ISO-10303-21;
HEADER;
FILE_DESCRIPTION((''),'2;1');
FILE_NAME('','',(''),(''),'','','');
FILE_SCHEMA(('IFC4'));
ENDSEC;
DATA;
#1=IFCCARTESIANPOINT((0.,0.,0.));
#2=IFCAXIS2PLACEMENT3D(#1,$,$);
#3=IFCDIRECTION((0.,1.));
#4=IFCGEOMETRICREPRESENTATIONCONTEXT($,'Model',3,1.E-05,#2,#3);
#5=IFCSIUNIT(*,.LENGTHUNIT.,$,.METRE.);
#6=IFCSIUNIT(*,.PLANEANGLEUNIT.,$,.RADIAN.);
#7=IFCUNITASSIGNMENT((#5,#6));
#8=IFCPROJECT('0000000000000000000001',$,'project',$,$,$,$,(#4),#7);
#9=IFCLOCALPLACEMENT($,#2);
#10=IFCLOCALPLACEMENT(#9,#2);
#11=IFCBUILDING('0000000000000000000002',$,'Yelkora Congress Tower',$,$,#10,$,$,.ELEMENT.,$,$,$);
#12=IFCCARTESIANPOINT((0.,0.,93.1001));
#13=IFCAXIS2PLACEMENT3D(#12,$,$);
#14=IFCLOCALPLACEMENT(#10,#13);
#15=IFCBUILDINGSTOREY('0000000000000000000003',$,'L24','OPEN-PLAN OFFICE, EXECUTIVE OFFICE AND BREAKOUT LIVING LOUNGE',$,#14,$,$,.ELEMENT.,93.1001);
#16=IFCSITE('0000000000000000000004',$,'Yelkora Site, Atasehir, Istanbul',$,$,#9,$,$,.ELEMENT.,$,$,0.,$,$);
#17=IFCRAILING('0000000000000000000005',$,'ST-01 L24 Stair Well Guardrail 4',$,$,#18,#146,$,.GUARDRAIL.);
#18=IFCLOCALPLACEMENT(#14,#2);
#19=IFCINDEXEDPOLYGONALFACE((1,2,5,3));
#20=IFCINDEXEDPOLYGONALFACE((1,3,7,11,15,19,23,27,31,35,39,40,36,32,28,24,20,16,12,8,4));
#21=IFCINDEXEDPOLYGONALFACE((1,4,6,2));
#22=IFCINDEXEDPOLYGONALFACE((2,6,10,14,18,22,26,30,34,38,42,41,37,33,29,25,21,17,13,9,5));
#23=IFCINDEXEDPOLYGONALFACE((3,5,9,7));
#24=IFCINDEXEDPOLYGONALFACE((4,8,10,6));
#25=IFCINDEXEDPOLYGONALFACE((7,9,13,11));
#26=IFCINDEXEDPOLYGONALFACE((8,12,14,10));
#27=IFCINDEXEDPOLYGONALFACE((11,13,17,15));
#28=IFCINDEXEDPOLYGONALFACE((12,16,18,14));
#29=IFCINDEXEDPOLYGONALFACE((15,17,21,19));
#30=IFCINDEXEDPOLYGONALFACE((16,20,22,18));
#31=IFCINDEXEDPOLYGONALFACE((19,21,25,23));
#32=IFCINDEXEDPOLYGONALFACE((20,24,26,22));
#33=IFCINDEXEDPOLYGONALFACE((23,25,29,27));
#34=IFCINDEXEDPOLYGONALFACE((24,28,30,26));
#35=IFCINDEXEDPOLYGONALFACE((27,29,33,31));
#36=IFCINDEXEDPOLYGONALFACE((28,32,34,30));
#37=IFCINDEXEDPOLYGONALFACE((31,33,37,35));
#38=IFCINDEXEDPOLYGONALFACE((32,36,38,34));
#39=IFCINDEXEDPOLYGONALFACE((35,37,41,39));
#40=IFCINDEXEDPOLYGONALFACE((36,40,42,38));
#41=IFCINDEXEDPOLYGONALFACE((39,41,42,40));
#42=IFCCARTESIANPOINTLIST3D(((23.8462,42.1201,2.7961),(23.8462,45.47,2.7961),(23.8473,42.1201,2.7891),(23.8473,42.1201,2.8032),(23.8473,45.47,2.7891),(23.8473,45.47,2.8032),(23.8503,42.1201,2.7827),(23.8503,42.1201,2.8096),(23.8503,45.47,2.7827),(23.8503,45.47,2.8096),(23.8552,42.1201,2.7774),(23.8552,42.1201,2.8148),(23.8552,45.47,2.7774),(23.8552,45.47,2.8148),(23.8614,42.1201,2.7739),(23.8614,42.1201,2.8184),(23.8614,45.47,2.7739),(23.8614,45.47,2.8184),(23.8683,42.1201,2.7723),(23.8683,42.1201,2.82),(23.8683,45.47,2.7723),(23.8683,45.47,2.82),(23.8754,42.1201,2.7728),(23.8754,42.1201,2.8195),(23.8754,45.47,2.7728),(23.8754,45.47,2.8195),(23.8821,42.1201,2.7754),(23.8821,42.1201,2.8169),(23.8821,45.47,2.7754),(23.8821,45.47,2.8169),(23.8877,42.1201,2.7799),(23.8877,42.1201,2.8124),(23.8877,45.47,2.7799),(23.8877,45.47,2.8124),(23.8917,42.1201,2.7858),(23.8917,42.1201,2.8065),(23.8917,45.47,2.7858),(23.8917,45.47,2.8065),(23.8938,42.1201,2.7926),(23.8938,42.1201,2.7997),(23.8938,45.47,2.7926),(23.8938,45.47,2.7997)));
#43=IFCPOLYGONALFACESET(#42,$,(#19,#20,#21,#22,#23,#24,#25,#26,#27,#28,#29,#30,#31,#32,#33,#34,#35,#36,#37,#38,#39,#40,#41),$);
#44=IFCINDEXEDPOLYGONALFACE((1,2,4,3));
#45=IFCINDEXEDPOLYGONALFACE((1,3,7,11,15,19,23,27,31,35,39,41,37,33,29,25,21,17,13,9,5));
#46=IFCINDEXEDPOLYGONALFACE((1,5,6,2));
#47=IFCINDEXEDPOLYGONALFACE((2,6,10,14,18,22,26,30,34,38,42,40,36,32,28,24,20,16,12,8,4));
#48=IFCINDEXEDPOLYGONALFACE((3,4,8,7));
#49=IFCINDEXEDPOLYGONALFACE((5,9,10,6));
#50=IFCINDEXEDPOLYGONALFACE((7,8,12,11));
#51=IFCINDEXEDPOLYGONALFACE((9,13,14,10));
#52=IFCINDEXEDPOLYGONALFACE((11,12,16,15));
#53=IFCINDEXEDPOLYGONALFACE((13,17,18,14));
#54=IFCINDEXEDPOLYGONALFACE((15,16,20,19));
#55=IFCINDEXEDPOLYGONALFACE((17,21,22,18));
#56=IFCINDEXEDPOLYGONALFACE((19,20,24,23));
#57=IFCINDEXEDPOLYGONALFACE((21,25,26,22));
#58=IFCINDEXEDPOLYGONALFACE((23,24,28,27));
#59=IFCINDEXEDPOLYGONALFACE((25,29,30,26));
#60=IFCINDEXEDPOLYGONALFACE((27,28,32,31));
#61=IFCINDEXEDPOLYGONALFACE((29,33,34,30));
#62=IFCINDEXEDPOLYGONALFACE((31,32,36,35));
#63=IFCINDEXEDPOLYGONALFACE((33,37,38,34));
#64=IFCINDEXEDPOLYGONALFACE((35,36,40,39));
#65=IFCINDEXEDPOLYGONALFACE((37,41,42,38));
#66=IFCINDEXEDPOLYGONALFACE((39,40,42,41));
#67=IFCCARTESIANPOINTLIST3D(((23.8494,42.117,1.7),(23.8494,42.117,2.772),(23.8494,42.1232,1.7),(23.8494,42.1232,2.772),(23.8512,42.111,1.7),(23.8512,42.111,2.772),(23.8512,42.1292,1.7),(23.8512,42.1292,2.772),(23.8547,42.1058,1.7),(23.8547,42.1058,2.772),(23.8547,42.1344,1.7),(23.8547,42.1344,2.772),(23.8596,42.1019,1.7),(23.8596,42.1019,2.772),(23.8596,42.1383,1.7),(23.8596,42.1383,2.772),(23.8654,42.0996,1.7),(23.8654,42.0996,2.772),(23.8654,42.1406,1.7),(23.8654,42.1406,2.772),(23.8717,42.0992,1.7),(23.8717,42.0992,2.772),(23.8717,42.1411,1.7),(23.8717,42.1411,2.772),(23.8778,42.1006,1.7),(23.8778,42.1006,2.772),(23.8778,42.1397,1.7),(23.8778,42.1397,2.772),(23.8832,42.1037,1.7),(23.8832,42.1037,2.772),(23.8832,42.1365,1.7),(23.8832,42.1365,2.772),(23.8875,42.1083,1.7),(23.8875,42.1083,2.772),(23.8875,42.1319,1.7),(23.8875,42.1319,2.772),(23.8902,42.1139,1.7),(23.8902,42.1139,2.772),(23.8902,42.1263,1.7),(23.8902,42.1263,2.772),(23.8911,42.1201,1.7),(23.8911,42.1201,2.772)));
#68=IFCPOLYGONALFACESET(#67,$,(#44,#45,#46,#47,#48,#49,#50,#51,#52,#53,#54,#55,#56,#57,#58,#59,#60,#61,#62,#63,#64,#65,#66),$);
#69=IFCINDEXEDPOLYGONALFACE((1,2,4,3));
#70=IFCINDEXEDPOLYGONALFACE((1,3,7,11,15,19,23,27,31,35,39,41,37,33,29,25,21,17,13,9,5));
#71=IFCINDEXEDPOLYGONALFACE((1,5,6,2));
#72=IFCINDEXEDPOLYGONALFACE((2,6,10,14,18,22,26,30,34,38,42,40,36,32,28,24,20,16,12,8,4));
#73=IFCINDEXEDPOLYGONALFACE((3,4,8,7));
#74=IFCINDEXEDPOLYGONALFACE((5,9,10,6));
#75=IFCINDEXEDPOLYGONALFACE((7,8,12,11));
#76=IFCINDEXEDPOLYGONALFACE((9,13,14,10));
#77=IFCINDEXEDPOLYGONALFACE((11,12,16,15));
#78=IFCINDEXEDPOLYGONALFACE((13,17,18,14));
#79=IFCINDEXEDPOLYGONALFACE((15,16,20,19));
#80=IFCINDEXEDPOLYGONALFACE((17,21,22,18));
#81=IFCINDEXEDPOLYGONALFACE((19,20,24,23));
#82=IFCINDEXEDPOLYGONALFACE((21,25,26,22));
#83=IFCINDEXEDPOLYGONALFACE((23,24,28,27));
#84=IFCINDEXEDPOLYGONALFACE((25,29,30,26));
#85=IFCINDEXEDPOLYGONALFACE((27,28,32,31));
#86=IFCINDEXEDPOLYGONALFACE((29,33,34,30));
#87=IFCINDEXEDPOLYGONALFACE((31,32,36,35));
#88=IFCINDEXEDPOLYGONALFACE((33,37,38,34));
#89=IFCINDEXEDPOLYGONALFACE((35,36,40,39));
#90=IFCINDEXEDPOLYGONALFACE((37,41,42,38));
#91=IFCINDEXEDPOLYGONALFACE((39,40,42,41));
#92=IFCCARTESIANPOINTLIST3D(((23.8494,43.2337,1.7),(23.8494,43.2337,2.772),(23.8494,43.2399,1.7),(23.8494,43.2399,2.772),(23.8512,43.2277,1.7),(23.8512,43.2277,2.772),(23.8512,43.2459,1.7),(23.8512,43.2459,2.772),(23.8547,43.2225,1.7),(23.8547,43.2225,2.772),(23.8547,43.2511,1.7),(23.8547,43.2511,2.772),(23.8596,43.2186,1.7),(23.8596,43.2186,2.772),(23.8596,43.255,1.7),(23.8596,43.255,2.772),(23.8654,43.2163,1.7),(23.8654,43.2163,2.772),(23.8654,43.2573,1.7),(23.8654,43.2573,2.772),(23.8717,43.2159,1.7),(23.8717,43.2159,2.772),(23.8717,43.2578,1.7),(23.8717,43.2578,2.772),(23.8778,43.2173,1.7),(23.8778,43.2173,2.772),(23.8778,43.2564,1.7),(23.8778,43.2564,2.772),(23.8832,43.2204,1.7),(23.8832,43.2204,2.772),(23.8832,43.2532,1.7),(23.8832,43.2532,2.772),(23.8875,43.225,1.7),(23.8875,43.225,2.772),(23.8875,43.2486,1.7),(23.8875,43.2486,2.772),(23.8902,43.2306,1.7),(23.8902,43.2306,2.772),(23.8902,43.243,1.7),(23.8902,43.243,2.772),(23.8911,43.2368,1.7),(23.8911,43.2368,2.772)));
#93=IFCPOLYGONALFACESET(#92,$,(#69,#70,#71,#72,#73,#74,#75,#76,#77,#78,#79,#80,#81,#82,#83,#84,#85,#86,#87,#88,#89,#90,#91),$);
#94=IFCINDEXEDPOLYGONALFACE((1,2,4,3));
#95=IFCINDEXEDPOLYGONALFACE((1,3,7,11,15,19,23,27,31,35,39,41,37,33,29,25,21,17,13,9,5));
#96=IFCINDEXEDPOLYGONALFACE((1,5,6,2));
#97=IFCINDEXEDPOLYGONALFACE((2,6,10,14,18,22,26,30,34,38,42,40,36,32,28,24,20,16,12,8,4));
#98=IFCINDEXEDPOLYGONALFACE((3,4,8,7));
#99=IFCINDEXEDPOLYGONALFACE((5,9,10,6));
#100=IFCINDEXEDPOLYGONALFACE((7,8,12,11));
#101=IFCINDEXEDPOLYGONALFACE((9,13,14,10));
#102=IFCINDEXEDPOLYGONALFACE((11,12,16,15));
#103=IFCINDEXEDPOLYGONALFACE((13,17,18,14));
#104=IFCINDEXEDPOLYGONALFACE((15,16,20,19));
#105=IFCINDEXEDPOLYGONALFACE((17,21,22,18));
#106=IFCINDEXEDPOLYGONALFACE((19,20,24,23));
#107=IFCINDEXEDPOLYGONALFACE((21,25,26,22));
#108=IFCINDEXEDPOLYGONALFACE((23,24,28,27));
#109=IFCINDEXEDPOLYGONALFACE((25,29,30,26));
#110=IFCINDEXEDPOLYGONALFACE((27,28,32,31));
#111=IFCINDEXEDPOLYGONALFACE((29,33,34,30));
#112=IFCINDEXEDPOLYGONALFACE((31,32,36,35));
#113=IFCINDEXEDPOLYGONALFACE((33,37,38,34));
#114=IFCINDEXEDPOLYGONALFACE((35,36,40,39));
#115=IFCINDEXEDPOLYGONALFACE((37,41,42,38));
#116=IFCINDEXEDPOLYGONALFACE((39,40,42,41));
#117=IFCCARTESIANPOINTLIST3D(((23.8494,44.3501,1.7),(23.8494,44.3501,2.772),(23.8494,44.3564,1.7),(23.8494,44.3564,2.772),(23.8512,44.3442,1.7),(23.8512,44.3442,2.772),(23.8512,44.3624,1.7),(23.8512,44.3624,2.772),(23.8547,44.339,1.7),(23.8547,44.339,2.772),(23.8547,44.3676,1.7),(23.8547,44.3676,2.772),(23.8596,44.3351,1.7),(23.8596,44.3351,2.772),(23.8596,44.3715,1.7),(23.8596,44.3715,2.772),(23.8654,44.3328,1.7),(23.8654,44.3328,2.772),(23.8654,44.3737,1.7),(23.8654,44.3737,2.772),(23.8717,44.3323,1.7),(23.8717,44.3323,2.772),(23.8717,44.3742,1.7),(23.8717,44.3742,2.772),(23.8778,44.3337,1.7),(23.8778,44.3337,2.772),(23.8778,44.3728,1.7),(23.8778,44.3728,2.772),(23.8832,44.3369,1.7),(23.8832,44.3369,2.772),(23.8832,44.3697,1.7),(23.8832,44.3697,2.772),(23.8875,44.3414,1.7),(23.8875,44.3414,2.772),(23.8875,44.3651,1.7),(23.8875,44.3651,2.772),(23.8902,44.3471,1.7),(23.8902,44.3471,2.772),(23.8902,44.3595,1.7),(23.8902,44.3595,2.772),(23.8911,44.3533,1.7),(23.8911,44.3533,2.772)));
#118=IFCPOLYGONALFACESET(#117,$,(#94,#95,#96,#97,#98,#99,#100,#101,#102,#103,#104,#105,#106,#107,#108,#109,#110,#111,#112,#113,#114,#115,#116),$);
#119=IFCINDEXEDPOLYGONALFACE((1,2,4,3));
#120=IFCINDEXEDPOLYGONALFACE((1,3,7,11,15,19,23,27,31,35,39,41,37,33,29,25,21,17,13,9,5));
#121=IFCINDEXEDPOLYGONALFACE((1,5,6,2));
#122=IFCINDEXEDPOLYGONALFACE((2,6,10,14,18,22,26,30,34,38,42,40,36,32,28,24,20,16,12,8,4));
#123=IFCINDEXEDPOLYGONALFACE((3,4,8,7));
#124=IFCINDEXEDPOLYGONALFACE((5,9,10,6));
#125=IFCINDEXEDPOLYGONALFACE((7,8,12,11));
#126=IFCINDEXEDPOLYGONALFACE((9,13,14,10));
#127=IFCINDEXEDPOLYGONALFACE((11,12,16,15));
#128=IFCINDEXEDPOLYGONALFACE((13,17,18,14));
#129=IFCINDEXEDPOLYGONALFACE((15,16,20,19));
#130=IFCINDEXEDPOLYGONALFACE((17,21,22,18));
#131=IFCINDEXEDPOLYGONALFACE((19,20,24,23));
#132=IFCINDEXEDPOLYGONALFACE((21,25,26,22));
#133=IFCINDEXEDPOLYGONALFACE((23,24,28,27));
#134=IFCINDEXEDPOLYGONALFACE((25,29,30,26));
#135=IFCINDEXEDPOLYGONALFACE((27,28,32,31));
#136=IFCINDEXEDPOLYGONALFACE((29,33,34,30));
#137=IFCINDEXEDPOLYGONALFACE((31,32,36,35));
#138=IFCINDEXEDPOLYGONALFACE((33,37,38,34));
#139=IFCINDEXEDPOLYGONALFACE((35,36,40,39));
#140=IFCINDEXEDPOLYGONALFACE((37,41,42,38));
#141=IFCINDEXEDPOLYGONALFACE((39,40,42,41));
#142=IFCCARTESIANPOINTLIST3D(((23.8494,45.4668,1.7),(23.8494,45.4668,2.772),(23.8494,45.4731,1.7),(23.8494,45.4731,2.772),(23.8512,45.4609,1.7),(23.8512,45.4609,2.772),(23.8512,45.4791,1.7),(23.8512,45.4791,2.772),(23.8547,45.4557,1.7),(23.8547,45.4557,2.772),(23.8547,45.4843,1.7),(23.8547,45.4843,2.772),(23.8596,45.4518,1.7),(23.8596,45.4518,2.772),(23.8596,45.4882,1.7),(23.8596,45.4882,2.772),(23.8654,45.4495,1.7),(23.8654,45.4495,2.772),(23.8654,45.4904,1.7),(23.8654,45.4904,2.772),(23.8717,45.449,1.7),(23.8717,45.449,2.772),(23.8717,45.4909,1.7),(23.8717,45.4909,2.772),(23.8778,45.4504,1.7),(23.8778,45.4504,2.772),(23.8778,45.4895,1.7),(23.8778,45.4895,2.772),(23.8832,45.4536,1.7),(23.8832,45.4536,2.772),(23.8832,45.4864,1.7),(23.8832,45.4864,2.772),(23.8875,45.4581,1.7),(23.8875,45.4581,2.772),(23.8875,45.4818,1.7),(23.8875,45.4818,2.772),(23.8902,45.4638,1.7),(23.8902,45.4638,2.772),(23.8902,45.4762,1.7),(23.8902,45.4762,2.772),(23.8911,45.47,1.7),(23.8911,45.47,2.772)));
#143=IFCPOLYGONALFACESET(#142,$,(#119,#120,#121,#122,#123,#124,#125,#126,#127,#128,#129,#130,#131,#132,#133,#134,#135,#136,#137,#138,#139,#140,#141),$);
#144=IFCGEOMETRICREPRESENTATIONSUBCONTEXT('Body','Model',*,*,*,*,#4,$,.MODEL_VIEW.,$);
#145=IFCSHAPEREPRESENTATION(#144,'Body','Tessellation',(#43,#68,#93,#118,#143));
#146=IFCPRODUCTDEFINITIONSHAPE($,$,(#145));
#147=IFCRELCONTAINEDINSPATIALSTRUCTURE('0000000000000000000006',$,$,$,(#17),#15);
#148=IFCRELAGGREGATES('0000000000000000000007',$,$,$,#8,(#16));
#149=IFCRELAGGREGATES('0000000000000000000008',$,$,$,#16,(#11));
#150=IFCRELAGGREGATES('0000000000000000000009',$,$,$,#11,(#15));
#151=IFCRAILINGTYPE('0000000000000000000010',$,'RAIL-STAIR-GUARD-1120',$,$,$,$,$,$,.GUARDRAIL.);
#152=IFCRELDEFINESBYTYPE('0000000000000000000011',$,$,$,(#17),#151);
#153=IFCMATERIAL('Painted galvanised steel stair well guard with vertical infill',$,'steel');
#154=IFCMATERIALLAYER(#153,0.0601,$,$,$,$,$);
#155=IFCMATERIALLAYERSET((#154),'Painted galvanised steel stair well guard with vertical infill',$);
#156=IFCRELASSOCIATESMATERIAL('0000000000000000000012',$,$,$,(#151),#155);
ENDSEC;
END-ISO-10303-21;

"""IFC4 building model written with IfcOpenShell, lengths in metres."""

from ifc_helpers import new_model, si_unit, direction, frame, origin, origin_2d, place, context, subcontext, project, spatial, circle, extrude, material, layer, layer_set, type_object, element, save


model = new_model("IFC4")

# Units and contexts
model_context = context("Model", 3, precision=1e-05, world=origin(), true_north=direction((0.0, 1.0)))
body_context = subcontext(model_context, "Body", "Model", "MODEL_VIEW")
ifc_project = project(units=[si_unit("LENGTHUNIT", "METRE"), si_unit("PLANEANGLEUNIT", "RADIAN")], contexts=[model_context])

# Site, building, storey
site_placement = place(None, origin())
site = spatial("IfcSite", under=ifc_project, at=site_placement, Name="Yelkora Site, Atasehir, Istanbul", CompositionType="ELEMENT", RefElevation=0.0)
building_placement = place(site_placement, origin())
building = spatial("IfcBuilding", under=site, at=building_placement, Name="Yelkora Congress Tower", CompositionType="ELEMENT")
storey_placement = place(building_placement, frame((0.0, 0.0, 93.1001)))
storey = spatial("IfcBuildingStorey", under=building, at=storey_placement, Name="L24", Description="OPEN-PLAN OFFICE, EXECUTIVE OFFICE AND BREAKOUT LIVING LOUNGE", CompositionType="ELEMENT", Elevation=93.1001)

# Railing
ifc_material_1 = material(Name="Painted galvanised steel stair well guard with vertical infill", Category="steel")
ifc_layer_1 = layer(ifc_material_1, 0.0601)
ifc_layer_set_1 = layer_set([ifc_layer_1], Name="Painted galvanised steel stair well guard with vertical infill")
railing_type_1 = type_object("IfcRailingType", Name="RAIL-STAIR-GUARD-1120", PredefinedType="GUARDRAIL", material=ifc_layer_set_1)
railing_1_placement = place(storey_placement, frame((23.8701, 42.1201, 1.7)))
element("IfcRailing", 1, at=railing_1_placement, inside=storey, type_object=railing_type_1, Name="ST-01 L24 Stair Well Guardrail 4", PredefinedType="GUARDRAIL", context=body_context, shape_type="SweptSolid", body=[
    extrude(circle(Radius=0.0239, at=origin_2d()), frame((0.0, 0.0, 1.0962), z_axis=(0.0, 1.0, 0.0), x_axis=(-1.0, 0.0, 0.0)), (0.0, 0.0, 1.0), 3.3499),
    extrude(circle(Radius=0.021, at=origin_2d()), origin(), (0.0, 0.0, 1.0), 1.072),
    extrude(circle(Radius=0.021, at=origin_2d()), frame((0.0, 1.1167, 0.0)), (0.0, 0.0, 1.0), 1.072),
    extrude(circle(Radius=0.021, at=origin_2d()), frame((0.0, 2.2332, 0.0)), (0.0, 0.0, 1.0), 1.072),
    extrude(circle(Radius=0.021, at=origin_2d()), frame((0.0, 3.3499, 0.0)), (0.0, 0.0, 1.0), 1.072),
])

save(model, "model.ifc")
